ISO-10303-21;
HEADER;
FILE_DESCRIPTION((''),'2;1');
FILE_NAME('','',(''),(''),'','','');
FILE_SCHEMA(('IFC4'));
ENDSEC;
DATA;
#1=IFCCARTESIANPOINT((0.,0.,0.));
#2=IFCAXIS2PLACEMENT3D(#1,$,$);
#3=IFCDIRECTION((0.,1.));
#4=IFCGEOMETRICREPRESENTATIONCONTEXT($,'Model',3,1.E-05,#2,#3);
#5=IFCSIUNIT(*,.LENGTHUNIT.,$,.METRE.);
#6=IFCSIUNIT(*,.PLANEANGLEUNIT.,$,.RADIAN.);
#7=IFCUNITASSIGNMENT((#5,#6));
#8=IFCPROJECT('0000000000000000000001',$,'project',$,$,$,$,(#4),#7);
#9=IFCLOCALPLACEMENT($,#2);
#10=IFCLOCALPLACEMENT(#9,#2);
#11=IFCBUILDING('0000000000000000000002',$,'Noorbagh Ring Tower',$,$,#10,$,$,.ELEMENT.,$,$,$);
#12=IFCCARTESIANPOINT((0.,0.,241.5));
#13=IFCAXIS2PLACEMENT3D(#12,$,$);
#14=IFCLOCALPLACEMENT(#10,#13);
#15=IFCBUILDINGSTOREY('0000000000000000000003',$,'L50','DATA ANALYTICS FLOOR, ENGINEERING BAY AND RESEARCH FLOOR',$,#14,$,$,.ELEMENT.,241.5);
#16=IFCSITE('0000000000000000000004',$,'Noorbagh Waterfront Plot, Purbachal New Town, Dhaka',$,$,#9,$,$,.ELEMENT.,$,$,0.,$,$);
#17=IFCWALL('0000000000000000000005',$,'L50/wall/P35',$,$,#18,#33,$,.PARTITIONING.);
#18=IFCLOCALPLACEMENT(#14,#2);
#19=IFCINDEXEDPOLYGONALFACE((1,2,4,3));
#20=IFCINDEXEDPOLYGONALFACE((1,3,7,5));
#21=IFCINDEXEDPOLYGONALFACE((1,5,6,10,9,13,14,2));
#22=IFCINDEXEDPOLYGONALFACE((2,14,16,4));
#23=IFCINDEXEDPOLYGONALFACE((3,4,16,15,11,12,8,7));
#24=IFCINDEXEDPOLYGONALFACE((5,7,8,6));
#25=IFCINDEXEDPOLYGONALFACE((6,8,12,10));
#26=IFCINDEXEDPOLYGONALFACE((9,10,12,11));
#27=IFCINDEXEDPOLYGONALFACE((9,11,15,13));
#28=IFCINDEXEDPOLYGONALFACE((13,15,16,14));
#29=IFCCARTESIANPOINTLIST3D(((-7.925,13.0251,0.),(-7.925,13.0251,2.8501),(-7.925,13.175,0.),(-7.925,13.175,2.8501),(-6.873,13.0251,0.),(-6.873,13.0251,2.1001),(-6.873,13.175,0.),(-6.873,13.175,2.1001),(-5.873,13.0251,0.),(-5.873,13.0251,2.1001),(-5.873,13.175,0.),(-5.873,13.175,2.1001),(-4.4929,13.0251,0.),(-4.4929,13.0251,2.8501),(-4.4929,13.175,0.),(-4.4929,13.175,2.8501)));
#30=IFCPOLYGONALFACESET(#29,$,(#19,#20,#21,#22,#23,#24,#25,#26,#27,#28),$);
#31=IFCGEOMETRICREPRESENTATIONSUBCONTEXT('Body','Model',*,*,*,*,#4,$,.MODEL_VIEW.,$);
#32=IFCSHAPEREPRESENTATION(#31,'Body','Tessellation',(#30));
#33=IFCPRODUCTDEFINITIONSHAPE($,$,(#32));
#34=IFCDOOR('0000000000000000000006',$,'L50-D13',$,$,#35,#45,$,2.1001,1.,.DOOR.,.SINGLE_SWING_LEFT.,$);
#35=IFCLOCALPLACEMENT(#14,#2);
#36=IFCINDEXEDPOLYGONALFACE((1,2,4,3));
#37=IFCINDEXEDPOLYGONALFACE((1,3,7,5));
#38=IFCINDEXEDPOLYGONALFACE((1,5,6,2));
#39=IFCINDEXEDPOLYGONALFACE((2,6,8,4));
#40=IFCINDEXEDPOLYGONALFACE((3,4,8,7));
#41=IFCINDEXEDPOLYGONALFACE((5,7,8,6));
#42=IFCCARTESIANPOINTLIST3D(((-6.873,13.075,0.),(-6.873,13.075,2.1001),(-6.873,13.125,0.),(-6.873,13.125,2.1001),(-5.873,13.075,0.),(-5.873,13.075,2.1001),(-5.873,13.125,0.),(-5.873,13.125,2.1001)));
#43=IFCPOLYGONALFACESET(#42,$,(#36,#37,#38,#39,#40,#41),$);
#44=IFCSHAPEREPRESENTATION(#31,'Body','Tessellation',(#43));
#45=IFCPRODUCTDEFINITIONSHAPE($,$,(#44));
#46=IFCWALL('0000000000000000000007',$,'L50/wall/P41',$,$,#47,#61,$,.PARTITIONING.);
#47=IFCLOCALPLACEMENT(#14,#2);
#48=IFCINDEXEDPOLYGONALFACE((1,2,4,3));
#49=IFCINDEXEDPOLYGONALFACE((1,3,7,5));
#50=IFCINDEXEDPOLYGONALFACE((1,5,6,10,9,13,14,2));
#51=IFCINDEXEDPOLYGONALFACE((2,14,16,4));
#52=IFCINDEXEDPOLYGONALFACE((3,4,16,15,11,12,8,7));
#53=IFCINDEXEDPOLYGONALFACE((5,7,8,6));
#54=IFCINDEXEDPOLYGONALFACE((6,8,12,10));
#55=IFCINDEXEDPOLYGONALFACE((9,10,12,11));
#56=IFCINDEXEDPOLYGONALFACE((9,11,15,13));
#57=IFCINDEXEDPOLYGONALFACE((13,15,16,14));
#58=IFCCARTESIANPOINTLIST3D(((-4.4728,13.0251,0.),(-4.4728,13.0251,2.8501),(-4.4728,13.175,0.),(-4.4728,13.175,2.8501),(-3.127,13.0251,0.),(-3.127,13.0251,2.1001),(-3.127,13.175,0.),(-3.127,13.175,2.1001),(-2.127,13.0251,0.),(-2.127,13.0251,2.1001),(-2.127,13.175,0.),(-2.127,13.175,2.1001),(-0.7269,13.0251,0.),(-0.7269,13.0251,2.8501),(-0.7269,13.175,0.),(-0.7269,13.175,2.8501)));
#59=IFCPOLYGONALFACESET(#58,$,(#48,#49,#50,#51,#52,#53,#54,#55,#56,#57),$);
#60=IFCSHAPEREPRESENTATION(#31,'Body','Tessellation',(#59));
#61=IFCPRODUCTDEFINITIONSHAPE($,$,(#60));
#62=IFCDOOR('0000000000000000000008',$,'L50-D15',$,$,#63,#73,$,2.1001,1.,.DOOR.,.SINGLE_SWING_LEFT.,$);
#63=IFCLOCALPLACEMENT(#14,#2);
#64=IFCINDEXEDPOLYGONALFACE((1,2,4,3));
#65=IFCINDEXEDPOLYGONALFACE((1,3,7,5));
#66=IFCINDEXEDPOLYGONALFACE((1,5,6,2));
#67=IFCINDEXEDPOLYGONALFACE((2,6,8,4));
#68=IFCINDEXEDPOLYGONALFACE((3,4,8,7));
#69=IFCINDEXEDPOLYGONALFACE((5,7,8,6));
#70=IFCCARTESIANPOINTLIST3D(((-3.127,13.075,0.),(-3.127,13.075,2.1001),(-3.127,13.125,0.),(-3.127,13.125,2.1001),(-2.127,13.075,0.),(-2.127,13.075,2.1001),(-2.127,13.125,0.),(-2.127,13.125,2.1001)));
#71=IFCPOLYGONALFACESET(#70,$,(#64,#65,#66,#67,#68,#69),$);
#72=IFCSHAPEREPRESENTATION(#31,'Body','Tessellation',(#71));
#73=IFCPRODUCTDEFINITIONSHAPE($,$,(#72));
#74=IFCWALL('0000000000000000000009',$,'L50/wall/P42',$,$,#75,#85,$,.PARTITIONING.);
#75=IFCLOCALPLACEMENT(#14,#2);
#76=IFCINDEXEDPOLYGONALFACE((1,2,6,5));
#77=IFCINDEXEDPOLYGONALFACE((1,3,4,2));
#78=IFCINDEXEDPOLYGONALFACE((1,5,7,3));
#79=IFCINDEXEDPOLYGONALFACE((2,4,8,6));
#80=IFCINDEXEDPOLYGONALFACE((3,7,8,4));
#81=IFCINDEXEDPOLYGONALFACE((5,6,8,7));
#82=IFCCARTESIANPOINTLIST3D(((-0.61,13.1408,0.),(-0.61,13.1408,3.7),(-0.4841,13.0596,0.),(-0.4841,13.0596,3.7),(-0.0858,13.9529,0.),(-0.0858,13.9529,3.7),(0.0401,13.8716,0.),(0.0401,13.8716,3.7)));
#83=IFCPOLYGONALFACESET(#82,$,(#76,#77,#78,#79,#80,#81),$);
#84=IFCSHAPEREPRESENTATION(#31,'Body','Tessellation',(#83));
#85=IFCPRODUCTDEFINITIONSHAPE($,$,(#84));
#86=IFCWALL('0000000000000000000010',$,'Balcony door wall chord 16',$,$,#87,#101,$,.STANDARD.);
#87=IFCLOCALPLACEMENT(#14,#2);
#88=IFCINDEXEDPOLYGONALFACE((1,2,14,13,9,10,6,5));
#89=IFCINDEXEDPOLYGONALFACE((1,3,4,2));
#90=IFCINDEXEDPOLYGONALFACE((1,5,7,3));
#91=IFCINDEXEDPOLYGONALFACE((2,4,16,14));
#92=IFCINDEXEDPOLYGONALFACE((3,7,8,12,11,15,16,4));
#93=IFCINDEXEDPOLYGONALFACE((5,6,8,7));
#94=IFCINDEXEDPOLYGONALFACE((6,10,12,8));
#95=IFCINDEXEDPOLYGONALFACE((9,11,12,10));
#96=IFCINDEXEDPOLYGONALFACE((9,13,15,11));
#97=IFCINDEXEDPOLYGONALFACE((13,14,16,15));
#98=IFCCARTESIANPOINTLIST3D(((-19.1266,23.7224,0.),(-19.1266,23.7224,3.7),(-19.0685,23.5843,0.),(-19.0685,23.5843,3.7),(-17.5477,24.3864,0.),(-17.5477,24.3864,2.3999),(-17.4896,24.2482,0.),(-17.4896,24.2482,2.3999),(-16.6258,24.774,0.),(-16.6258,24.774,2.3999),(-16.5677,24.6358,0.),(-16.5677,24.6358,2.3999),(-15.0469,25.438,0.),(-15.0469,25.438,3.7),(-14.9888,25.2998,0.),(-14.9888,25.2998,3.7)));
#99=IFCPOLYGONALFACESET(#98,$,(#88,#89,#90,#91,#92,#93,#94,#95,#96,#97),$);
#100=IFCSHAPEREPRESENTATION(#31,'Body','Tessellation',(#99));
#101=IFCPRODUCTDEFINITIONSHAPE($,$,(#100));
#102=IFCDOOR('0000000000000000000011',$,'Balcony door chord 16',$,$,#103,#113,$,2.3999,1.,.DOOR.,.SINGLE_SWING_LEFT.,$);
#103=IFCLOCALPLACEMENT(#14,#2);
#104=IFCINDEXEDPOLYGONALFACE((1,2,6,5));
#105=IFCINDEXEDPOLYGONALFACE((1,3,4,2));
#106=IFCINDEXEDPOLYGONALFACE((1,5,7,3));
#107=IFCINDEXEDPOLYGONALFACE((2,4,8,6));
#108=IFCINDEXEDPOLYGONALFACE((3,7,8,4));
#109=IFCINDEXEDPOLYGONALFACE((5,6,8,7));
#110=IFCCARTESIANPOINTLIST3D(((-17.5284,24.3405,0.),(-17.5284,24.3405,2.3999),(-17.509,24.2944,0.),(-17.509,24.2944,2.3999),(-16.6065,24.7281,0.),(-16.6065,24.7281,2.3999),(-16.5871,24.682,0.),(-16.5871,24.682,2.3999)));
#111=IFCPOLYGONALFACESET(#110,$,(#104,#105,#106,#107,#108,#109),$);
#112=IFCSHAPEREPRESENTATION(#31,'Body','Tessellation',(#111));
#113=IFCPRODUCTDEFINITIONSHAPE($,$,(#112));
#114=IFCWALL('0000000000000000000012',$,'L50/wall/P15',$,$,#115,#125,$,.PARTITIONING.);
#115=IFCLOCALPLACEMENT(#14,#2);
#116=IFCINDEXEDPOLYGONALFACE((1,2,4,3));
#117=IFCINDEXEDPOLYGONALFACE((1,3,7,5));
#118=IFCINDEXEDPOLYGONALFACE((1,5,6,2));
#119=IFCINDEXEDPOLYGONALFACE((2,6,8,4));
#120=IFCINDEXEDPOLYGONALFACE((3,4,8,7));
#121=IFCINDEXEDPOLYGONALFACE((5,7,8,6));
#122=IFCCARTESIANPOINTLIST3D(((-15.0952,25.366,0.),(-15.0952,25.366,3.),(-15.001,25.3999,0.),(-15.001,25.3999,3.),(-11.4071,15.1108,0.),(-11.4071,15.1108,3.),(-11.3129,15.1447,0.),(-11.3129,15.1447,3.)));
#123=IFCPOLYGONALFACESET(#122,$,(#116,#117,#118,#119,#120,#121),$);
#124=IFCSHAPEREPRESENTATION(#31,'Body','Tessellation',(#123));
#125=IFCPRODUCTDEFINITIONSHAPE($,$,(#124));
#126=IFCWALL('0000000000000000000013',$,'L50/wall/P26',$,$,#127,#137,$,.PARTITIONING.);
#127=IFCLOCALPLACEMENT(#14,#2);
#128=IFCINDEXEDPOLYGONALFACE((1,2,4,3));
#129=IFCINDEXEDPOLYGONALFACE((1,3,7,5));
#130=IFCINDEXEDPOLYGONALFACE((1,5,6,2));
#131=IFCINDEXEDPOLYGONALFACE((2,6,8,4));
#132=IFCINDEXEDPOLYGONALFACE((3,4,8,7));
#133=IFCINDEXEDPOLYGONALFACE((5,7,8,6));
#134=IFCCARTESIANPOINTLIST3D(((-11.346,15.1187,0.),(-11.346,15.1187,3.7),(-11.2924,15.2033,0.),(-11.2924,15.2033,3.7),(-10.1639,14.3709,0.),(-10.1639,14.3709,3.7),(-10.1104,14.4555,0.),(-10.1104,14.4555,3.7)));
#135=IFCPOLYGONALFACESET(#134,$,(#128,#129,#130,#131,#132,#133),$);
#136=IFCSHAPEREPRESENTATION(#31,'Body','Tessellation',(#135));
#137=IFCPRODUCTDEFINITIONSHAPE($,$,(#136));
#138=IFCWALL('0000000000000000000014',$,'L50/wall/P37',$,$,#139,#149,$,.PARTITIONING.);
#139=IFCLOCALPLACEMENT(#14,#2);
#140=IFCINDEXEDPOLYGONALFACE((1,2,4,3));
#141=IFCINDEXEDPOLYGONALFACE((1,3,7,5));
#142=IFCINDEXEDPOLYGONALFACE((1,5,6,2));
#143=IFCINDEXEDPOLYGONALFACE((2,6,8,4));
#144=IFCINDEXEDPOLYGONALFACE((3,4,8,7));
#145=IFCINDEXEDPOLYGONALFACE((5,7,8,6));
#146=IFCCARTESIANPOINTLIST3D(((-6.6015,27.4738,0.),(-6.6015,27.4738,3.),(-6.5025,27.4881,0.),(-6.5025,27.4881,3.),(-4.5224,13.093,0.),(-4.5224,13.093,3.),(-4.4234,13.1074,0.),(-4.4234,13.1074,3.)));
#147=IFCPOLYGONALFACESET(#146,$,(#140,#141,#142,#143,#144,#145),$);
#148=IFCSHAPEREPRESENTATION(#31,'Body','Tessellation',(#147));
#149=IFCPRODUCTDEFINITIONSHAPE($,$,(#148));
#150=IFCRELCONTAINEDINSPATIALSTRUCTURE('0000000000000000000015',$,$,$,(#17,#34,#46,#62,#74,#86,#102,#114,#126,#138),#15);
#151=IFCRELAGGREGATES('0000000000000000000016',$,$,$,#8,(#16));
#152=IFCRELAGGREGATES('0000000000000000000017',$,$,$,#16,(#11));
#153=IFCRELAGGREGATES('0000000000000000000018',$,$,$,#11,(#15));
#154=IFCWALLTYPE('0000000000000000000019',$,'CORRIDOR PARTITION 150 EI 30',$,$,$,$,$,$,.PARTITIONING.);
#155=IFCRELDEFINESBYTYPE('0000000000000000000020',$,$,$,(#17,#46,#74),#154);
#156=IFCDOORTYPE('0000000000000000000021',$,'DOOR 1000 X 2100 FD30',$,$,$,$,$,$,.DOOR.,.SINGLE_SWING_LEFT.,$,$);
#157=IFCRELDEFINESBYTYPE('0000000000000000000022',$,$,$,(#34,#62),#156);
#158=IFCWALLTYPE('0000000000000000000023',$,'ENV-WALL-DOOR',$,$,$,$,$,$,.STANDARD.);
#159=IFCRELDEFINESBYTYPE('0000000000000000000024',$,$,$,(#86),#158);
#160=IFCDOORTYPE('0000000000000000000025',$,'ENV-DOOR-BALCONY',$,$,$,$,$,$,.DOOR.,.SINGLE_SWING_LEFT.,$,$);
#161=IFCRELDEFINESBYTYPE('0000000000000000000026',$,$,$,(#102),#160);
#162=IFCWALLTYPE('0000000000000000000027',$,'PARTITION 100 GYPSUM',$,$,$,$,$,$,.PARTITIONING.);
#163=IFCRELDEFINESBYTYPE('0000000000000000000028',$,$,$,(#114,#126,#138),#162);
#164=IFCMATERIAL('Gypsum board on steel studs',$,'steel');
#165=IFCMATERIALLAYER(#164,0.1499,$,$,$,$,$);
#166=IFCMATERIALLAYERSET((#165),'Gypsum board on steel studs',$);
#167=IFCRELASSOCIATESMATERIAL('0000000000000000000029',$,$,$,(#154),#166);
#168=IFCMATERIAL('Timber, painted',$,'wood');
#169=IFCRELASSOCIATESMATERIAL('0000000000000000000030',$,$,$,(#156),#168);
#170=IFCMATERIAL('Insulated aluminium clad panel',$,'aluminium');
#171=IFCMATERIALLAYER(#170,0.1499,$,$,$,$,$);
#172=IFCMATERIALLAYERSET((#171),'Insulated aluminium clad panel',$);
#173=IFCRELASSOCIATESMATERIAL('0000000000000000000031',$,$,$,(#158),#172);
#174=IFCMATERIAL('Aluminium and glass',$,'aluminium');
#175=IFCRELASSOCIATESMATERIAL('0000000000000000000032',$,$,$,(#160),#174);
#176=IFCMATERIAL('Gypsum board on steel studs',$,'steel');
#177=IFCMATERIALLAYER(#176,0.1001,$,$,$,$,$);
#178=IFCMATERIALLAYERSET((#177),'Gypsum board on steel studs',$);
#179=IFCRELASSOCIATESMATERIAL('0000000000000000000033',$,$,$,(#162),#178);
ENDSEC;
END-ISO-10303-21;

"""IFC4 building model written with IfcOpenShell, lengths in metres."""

from ifc_helpers import new_model, si_unit, direction, frame, frame_2d, origin, place, context, subcontext, project, spatial, rectangle, extrude, material, layer, layer_set, type_object, element, fill, save


model = new_model("IFC4")

# Units and contexts
model_context = context("Model", 3, precision=1e-05, world=origin(), true_north=direction((0.0, 1.0)))
body_context = subcontext(model_context, "Body", "Model", "MODEL_VIEW")
ifc_project = project(units=[si_unit("LENGTHUNIT", "METRE"), si_unit("PLANEANGLEUNIT", "RADIAN")], contexts=[model_context])

# Site, building, storey
site_placement = place(None, origin())
site = spatial("IfcSite", under=ifc_project, at=site_placement, Name="Noorbagh Waterfront Plot, Purbachal New Town, Dhaka", CompositionType="ELEMENT", RefElevation=0.0)
building_placement = place(site_placement, origin())
building = spatial("IfcBuilding", under=site, at=building_placement, Name="Noorbagh Ring Tower", CompositionType="ELEMENT")
storey_placement = place(building_placement, frame((0.0, 0.0, 241.5)))
storey = spatial("IfcBuildingStorey", under=building, at=storey_placement, Name="L50", Description="DATA ANALYTICS FLOOR, ENGINEERING BAY AND RESEARCH FLOOR", CompositionType="ELEMENT", Elevation=241.5)

# Shared definitions
ifc_material_1 = material(Name="Gypsum board on steel studs", Category="steel")
ifc_layer_1 = layer(ifc_material_1, 0.1499)
ifc_layer_set_1 = layer_set([ifc_layer_1], Name="Gypsum board on steel studs")
wall_type_1 = type_object("IfcWallType", Name="CORRIDOR PARTITION 150 EI 30", PredefinedType="PARTITIONING", material=ifc_layer_set_1)

# Walls, openings, doors
wall_1_placement = place(storey_placement, frame((-7.925, 13.1001, 0.0), z_axis=(0.0, 0.0, 1.0), x_axis=(1.0, 0.0, 0.0)))
wall_1 = element("IfcWall", 1, at=wall_1_placement, inside=storey, type_object=wall_type_1, Name="L50/wall/P35", PredefinedType="PARTITIONING", context=body_context, shape_type="SweptSolid", body=[
    extrude(rectangle(XDim=3.4321, YDim=0.1499, at=frame_2d((1.7161, 0.0))), origin(), (0.0, 0.0, 1.0), 2.8501),
])
opening_1_placement = place(wall_1_placement, frame((1.052, 0.0, 0.0)))
opening_1 = element("IfcOpeningElement", 2, at=opening_1_placement, cuts=wall_1, PredefinedType="OPENING", context=body_context, shape_type="SweptSolid", body=[
    extrude(rectangle(XDim=1.0, YDim=2.1001, at=frame_2d((0.5, 1.05))), frame((0.0, 0.085, 0.0), z_axis=(0.0, -1.0, 0.0), x_axis=(1.0, 0.0, 0.0)), (0.0, 0.0, 1.0), 0.1699),
])
ifc_material_2 = material(Name="Timber, painted", Category="wood")
door_type_1 = type_object("IfcDoorType", Name="DOOR 1000 X 2100 FD30", OperationType="SINGLE_SWING_LEFT", PredefinedType="DOOR", material=ifc_material_2)
door_1_placement = place(opening_1_placement, origin())
door_1 = element("IfcDoor", 3, at=door_1_placement, inside=storey, type_object=door_type_1, Name="L50-D13", OperationType="SINGLE_SWING_LEFT", OverallHeight=2.1001, OverallWidth=1.0, PredefinedType="DOOR", context=body_context, shape_type="SweptSolid", body=[
    extrude(rectangle(XDim=1.0, YDim=2.1001, at=frame_2d((0.5, 1.05))), frame((0.0, 0.0249, 0.0), z_axis=(0.0, -1.0, 0.0), x_axis=(1.0, 0.0, 0.0)), (0.0, 0.0, 1.0), 0.05),
])
fill(opening_1, door_1)
wall_2_placement = place(storey_placement, frame((-4.4729, 13.1001, 0.0), z_axis=(0.0, 0.0, 1.0), x_axis=(1.0, 0.0, 0.0)))
wall_2 = element("IfcWall", 4, at=wall_2_placement, inside=storey, type_object=wall_type_1, Name="L50/wall/P41", PredefinedType="PARTITIONING", context=body_context, shape_type="SweptSolid", body=[
    extrude(rectangle(XDim=3.7458, YDim=0.1499, at=frame_2d((1.873, 0.0))), origin(), (0.0, 0.0, 1.0), 2.8501),
])
opening_2_placement = place(wall_2_placement, frame((1.3459, 0.0, 0.0)))
opening_2 = element("IfcOpeningElement", 5, at=opening_2_placement, cuts=wall_2, PredefinedType="OPENING", context=body_context, shape_type="SweptSolid", body=[
    extrude(rectangle(XDim=1.0, YDim=2.1001, at=frame_2d((0.5, 1.05))), frame((0.0, 0.085, 0.0), z_axis=(0.0, -1.0, 0.0), x_axis=(1.0, 0.0, 0.0)), (0.0, 0.0, 1.0), 0.1699),
])
door_2_placement = place(opening_2_placement, origin())
door_2 = element("IfcDoor", 6, at=door_2_placement, inside=storey, type_object=door_type_1, Name="L50-D15", OperationType="SINGLE_SWING_LEFT", OverallHeight=2.1001, OverallWidth=1.0, PredefinedType="DOOR", context=body_context, shape_type="SweptSolid", body=[
    extrude(rectangle(XDim=1.0, YDim=2.1001, at=frame_2d((0.5, 1.05))), frame((0.0, 0.0249, 0.0), z_axis=(0.0, -1.0, 0.0), x_axis=(1.0, 0.0, 0.0)), (0.0, 0.0, 1.0), 0.05),
])
fill(opening_2, door_2)

# Wall
wall_3_placement = place(storey_placement, frame((-0.5471, 13.1001, 0.0), z_axis=(0.0, 0.0, 1.0), x_axis=(0.54234, 0.840159, 0.0)))
element("IfcWall", 7, at=wall_3_placement, inside=storey, type_object=wall_type_1, Name="L50/wall/P42", PredefinedType="PARTITIONING", context=body_context, shape_type="SweptSolid", body=[
    extrude(rectangle(XDim=0.9666, YDim=0.1499, at=frame_2d((0.4834, 0.0))), origin(), (0.0, 0.0, 1.0), 3.7),
])

# Wall, opening, door
ifc_material_3 = material(Name="Insulated aluminium clad panel", Category="aluminium")
ifc_layer_2 = layer(ifc_material_3, 0.1499)
ifc_layer_set_2 = layer_set([ifc_layer_2], Name="Insulated aluminium clad panel")
wall_type_2 = type_object("IfcWallType", Name="ENV-WALL-DOOR", PredefinedType="STANDARD", material=ifc_layer_set_2)
wall_4_placement = place(storey_placement, frame((-15.0178, 25.3689, 0.0), z_axis=(0.0, 0.0, 1.0), x_axis=(-0.921817, -0.387625, 0.0)))
wall_4 = element("IfcWall", 8, at=wall_4_placement, inside=storey, type_object=wall_type_2, Name="Balcony door wall chord 16", PredefinedType="STANDARD", context=body_context, shape_type="SweptSolid", body=[
    extrude(rectangle(XDim=4.4258, YDim=0.1499, at=frame_2d((2.2129, 0.0))), origin(), (0.0, 0.0, 1.0), 3.7),
])
opening_3_placement = place(wall_4_placement, frame((1.7129, 0.0, 0.0)))
opening_3 = element("IfcOpeningElement", 9, at=opening_3_placement, cuts=wall_4, PredefinedType="OPENING", context=body_context, shape_type="SweptSolid", body=[
    extrude(rectangle(XDim=1.0, YDim=2.3999, at=frame_2d((0.5, 1.2))), frame((0.0, 0.085, 0.0), z_axis=(0.0, -1.0, 0.0), x_axis=(1.0, 0.0, 0.0)), (0.0, 0.0, 1.0), 0.1699),
])
ifc_material_4 = material(Name="Aluminium and glass", Category="aluminium")
door_type_2 = type_object("IfcDoorType", Name="ENV-DOOR-BALCONY", OperationType="SINGLE_SWING_LEFT", PredefinedType="DOOR", material=ifc_material_4)
door_3_placement = place(opening_3_placement, origin())
door_3 = element("IfcDoor", 10, at=door_3_placement, inside=storey, type_object=door_type_2, Name="Balcony door chord 16", OperationType="SINGLE_SWING_LEFT", OverallHeight=2.3999, OverallWidth=1.0, PredefinedType="DOOR", context=body_context, shape_type="SweptSolid", body=[
    extrude(rectangle(XDim=1.0, YDim=2.3999, at=frame_2d((0.5, 1.2))), frame((0.0, 0.0249, 0.0), z_axis=(0.0, -1.0, 0.0), x_axis=(1.0, 0.0, 0.0)), (0.0, 0.0, 1.0), 0.05),
])
fill(opening_3, door_3)

# Walls
ifc_material_5 = material(Name="Gypsum board on steel studs", Category="steel")
ifc_layer_3 = layer(ifc_material_5, 0.1001)
ifc_layer_set_3 = layer_set([ifc_layer_3], Name="Gypsum board on steel studs")
wall_type_3 = type_object("IfcWallType", Name="PARTITION 100 GYPSUM", PredefinedType="PARTITIONING", material=ifc_layer_set_3)
wall_5_placement = place(storey_placement, frame((-15.0481, 25.3831, 0.0), z_axis=(0.0, 0.0, 1.0), x_axis=(0.338406, -0.941, 0.0)))
element("IfcWall", 11, at=wall_5_placement, inside=storey, type_object=wall_type_3, Name="L50/wall/P15", PredefinedType="PARTITIONING", context=body_context, shape_type="SweptSolid", body=[
    extrude(rectangle(XDim=10.8982, YDim=0.1001, at=frame_2d((5.4492, 0.0))), origin(), (0.0, 0.0, 1.0), 3.0),
])
wall_6_placement = place(storey_placement, frame((-11.3191, 15.1609, 0.0), z_axis=(0.0, 0.0, 1.0), x_axis=(0.845103, -0.534604, 0.0)))
element("IfcWall", 12, at=wall_6_placement, inside=storey, type_object=wall_type_3, Name="L50/wall/P26", PredefinedType="PARTITIONING", context=body_context, shape_type="SweptSolid", body=[
    extrude(rectangle(XDim=1.3987, YDim=0.1001, at=frame_2d((0.6992, 0.0))), origin(), (0.0, 0.0, 1.0), 3.7),
])
wall_7_placement = place(storey_placement, frame((-6.552, 27.481, 0.0), z_axis=(0.0, 0.0, 1.0), x_axis=(0.143087, -0.98971, 0.0)))
element("IfcWall", 13, at=wall_7_placement, inside=storey, type_object=wall_type_3, Name="L50/wall/P37", PredefinedType="PARTITIONING", context=body_context, shape_type="SweptSolid", body=[
    extrude(rectangle(XDim=14.5303, YDim=0.1001, at=frame_2d((7.2651, 0.0))), origin(), (0.0, 0.0, 1.0), 3.0),
])

save(model, "model.ifc")
